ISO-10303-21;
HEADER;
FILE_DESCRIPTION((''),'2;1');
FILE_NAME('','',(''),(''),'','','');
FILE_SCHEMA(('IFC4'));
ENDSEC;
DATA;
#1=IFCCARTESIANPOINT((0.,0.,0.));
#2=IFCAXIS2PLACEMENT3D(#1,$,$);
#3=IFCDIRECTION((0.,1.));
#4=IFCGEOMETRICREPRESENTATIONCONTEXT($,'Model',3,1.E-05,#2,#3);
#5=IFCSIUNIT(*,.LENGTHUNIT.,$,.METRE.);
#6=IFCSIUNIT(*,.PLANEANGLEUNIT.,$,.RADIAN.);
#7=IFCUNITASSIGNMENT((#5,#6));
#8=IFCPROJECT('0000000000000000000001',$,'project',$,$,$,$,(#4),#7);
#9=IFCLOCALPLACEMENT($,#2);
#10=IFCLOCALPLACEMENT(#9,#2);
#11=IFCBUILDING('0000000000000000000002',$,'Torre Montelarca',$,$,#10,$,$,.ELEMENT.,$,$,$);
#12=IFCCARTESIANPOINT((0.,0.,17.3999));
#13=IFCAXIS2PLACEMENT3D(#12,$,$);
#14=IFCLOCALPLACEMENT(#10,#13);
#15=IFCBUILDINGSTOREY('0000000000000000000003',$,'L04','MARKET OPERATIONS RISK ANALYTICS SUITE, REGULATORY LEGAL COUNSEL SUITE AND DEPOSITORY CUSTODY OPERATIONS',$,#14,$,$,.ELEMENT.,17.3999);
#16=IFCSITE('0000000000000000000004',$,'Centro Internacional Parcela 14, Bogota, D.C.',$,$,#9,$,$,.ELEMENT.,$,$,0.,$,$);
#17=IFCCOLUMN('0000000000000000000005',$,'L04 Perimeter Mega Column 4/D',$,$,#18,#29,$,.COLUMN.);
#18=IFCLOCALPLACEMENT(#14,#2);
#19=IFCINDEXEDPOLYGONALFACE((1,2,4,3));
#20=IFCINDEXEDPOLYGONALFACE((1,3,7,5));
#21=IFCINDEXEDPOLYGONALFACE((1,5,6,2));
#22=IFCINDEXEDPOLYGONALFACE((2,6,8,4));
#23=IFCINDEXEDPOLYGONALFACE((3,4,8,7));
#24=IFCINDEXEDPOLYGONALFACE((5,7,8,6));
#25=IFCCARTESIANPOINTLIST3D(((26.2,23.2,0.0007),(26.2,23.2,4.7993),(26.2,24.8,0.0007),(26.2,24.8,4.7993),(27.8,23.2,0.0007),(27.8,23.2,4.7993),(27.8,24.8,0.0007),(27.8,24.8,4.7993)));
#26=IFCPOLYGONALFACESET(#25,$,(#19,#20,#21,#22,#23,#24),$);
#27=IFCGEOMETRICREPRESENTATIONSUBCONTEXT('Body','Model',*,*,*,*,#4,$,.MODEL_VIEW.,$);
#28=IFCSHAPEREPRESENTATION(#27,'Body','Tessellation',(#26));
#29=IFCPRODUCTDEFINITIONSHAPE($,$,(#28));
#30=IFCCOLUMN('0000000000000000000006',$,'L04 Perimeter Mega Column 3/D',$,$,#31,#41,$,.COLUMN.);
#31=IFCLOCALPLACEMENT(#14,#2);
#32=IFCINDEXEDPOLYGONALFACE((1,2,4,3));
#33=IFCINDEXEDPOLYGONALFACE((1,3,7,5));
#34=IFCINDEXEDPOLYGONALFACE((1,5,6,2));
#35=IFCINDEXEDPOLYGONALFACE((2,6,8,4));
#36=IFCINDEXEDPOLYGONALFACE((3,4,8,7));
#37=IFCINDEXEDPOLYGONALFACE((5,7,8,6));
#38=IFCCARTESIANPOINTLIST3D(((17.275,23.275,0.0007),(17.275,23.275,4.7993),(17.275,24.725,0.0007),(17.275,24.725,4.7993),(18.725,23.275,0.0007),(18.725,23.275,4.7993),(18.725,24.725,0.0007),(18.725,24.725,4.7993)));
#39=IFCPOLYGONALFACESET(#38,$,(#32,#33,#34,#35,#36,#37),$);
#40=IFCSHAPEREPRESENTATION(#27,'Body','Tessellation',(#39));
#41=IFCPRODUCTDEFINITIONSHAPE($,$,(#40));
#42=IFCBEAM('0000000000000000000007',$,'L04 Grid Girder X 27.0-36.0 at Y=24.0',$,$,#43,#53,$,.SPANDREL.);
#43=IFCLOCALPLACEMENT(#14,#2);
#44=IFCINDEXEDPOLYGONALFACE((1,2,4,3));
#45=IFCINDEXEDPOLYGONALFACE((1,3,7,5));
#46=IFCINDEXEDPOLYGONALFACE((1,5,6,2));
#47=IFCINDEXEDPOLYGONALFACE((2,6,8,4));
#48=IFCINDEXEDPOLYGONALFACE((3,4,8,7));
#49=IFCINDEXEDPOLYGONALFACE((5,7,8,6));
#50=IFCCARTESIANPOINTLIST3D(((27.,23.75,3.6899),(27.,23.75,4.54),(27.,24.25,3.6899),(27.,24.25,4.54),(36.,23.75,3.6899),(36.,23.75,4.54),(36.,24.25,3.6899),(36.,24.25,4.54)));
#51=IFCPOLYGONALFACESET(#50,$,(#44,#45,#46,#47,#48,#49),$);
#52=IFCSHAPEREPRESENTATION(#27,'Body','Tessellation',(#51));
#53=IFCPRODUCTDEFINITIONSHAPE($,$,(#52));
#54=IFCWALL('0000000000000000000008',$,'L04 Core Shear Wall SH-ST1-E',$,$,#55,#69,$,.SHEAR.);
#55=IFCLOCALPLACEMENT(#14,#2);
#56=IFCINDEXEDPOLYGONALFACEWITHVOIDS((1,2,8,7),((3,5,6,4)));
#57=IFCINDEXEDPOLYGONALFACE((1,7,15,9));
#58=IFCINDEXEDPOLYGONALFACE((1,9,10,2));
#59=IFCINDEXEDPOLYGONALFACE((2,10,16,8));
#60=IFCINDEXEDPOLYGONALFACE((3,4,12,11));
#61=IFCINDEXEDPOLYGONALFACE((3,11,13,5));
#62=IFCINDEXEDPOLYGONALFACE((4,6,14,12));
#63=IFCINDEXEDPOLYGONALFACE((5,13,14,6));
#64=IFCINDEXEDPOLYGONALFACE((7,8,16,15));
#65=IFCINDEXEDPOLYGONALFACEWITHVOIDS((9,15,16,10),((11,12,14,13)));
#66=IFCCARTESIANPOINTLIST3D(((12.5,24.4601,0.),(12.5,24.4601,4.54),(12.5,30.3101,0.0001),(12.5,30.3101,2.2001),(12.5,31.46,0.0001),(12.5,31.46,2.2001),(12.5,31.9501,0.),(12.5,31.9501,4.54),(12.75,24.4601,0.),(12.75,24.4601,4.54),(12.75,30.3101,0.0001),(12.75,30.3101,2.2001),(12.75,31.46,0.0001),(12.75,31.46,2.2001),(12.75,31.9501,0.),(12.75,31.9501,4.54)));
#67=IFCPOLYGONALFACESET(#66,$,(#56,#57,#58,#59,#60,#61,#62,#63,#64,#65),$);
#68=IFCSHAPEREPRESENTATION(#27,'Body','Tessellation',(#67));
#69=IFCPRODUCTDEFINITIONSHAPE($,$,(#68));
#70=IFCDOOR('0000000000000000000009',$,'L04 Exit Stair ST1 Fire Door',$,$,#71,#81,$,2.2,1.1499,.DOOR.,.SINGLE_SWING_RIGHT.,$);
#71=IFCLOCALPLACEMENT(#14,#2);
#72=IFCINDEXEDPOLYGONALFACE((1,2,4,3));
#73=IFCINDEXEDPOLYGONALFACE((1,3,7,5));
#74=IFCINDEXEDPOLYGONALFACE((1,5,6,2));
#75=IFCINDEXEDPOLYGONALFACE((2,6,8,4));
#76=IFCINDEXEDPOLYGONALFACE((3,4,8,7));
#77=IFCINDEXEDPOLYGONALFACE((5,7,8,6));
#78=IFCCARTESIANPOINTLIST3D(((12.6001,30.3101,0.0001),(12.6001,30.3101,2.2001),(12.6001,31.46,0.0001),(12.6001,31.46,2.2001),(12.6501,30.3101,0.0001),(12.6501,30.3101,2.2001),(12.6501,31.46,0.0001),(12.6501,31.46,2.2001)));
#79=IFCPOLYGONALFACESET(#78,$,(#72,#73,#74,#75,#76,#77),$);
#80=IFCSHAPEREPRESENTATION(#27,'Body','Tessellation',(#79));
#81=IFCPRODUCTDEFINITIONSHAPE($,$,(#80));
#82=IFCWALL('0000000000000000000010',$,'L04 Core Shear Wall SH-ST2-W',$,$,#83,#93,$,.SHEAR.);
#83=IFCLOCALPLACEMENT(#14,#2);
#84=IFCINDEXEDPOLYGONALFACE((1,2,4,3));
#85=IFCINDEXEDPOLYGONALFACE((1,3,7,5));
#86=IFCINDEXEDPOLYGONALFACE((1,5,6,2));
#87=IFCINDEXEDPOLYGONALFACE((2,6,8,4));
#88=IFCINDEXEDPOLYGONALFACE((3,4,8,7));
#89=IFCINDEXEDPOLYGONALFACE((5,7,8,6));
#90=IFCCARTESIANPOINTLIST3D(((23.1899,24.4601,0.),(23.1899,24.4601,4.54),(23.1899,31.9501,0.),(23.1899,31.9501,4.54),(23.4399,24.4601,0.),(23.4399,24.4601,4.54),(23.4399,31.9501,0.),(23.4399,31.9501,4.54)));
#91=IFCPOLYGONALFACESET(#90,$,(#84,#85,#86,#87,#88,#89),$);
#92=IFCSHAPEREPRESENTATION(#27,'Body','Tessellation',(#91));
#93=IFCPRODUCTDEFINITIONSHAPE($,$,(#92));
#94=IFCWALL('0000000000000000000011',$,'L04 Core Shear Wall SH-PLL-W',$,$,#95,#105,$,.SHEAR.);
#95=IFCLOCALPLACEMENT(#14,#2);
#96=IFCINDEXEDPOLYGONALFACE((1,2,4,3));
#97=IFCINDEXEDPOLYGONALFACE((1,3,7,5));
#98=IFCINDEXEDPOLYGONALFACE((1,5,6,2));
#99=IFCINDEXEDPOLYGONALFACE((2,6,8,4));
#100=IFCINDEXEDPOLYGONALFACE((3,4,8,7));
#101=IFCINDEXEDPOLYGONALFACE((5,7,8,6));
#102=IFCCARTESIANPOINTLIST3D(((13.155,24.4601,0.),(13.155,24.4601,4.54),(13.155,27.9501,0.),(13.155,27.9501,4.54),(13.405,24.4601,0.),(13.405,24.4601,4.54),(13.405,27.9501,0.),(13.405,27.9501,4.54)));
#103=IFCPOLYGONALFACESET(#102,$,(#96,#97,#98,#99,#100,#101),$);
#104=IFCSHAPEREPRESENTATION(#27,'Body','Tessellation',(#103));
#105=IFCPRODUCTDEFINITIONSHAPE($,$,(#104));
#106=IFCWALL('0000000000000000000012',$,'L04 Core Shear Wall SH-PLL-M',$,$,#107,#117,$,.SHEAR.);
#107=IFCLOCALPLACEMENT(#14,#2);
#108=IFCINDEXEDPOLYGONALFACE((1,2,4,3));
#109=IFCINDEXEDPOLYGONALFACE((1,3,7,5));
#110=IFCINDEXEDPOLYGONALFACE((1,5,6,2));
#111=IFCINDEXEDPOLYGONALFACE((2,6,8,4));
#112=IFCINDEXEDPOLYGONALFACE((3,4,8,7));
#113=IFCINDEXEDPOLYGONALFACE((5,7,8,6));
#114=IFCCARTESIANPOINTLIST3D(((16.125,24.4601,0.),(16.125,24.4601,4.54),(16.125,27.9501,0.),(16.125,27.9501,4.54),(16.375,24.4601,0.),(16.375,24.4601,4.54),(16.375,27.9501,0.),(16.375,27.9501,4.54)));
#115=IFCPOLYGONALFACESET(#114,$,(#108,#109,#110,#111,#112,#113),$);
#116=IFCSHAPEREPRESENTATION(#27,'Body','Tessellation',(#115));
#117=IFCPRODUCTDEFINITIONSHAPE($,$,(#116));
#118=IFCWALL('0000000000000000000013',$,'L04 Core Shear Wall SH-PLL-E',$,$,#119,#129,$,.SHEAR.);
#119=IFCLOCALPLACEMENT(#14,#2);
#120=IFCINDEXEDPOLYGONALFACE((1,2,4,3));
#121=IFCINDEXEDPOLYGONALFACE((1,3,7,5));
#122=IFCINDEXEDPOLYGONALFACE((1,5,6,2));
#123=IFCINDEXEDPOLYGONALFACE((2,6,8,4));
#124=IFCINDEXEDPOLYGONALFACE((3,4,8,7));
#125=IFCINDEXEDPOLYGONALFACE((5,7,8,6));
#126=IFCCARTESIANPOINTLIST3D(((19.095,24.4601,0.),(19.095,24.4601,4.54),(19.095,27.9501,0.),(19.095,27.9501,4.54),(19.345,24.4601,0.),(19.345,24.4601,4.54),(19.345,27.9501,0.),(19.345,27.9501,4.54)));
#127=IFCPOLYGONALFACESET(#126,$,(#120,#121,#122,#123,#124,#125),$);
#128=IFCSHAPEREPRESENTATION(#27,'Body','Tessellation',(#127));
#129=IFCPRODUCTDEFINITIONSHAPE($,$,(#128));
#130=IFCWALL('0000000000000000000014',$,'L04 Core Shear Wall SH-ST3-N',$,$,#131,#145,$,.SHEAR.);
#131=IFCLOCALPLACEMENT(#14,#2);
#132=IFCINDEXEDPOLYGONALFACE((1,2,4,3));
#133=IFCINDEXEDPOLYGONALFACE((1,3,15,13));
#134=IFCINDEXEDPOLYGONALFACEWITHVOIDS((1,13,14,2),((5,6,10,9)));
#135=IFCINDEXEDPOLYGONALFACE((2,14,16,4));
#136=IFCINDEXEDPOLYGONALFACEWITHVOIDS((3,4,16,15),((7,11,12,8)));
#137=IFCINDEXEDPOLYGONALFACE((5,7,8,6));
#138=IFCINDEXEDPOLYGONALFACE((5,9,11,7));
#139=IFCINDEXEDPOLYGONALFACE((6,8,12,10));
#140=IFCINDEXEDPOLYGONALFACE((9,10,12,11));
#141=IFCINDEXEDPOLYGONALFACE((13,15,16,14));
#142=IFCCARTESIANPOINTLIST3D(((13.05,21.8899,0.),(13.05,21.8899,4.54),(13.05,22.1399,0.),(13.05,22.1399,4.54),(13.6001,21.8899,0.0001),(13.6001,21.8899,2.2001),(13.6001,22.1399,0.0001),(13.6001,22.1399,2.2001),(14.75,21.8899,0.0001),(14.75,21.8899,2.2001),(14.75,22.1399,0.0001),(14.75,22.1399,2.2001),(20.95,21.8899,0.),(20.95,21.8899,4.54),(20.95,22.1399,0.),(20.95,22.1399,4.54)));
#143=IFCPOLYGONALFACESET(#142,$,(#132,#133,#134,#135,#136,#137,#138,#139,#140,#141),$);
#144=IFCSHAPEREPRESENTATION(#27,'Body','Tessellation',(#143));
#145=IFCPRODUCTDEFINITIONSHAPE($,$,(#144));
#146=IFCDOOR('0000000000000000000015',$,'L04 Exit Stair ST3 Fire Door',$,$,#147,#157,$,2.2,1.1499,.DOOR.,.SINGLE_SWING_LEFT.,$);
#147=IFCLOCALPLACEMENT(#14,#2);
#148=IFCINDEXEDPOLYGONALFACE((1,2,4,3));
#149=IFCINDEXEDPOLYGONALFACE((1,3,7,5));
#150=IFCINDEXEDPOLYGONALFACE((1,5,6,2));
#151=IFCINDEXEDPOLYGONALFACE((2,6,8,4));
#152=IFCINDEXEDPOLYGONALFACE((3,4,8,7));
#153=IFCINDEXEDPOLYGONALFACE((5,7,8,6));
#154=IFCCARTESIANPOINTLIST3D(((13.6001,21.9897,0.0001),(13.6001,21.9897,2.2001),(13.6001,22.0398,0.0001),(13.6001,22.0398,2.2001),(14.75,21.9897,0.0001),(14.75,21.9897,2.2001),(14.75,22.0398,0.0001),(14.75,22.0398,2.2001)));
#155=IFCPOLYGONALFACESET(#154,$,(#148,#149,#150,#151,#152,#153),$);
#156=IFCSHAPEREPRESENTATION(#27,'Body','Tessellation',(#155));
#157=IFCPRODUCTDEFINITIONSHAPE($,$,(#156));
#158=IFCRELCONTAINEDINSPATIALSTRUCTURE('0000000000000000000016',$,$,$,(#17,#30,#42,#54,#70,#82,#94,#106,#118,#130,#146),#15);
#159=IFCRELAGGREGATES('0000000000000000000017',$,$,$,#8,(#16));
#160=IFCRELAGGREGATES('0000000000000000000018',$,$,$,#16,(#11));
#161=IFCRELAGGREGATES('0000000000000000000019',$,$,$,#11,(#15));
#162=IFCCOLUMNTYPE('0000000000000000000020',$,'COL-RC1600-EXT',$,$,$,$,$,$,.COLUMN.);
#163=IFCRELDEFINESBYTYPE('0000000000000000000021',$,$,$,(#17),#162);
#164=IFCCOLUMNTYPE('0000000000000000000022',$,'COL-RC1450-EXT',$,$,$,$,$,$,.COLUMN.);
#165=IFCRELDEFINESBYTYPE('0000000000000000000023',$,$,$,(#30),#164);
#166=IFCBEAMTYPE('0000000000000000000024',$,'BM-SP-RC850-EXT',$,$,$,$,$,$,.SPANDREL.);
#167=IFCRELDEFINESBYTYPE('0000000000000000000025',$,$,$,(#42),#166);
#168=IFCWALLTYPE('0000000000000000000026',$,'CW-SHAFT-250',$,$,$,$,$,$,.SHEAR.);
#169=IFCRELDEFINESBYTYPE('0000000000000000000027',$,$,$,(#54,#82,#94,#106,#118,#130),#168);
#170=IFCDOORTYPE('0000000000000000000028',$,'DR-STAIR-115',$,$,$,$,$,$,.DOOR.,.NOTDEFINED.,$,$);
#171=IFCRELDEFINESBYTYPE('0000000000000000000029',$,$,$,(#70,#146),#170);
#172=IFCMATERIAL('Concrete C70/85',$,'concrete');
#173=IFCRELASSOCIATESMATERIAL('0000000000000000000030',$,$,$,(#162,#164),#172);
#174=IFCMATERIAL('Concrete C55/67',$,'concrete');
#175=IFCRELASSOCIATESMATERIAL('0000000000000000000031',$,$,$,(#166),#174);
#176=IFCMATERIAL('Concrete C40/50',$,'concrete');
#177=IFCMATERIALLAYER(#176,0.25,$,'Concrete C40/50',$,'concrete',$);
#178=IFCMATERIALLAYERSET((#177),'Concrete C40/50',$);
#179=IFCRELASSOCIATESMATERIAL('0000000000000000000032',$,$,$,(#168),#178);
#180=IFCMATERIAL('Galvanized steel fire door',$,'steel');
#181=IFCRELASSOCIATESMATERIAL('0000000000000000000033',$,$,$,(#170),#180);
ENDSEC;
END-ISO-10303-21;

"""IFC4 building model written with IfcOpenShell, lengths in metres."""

from ifc_helpers import new_model, si_unit, direction, frame, frame_2d, origin, origin_2d, place, context, subcontext, project, spatial, rectangle, extrude, source, transform, mapped, material, layer, layer_set, material_profile, profile_set, type_object, element, fill, save


model = new_model("IFC4")

# Units and contexts
model_context = context("Model", 3, precision=1e-05, world=origin(), true_north=direction((0.0, 1.0)))
body_context = subcontext(model_context, "Body", "Model", "MODEL_VIEW")
ifc_project = project(units=[si_unit("LENGTHUNIT", "METRE"), si_unit("PLANEANGLEUNIT", "RADIAN")], contexts=[model_context])

# Site, building, storey
site_placement = place(None, origin())
site = spatial("IfcSite", under=ifc_project, at=site_placement, Name="Centro Internacional Parcela 14, Bogota, D.C.", CompositionType="ELEMENT", RefElevation=0.0)
building_placement = place(site_placement, origin())
building = spatial("IfcBuilding", under=site, at=building_placement, Name="Torre Montelarca", CompositionType="ELEMENT")
storey_placement = place(building_placement, frame((0.0, 0.0, 17.3999)))
storey = spatial("IfcBuildingStorey", under=building, at=storey_placement, Name="L04", Description="MARKET OPERATIONS RISK ANALYTICS SUITE, REGULATORY LEGAL COUNSEL SUITE AND DEPOSITORY CUSTODY OPERATIONS", CompositionType="ELEMENT", Elevation=17.3999)

# Columns
ifc_material_1 = material(Name="Concrete C70/85", Category="concrete")
ifc_material_profile_1 = material_profile(ifc_material_1, rectangle(XDim=1.6001, YDim=1.6001, at=origin_2d()), Name="RC1600X1600", Category="concrete")
ifc_profile_set_1 = profile_set([ifc_material_profile_1], Name="Concrete C70/85")
column_type_1 = type_object("IfcColumnType", Name="COL-RC1600-EXT", PredefinedType="COLUMN", material=ifc_profile_set_1)
shared_shape_1 = source(origin(), body_context, "Body", "SweptSolid", [
    extrude(rectangle(XDim=1.6001, YDim=1.6001, at=origin_2d()), origin(), (0.0, 0.0, 1.0), 4.7986),
])
column_1_placement = place(storey_placement, frame((27.0, 24.0, 0.0007), z_axis=(0.0, 0.0, 1.0), x_axis=(1.0, 0.0, 0.0)))
element("IfcColumn", 1, at=column_1_placement, inside=storey, type_object=column_type_1, Name="L04 Perimeter Mega Column 4/D", PredefinedType="COLUMN", context=body_context, shape_type="MappedRepresentation", body=[
    mapped(shared_shape_1, transform((0.0, 0.0, 0.0), scale=1.0)),
])
ifc_material_profile_2 = material_profile(ifc_material_1, rectangle(XDim=1.45, YDim=1.45, at=origin_2d()), Name="RC1450X1450", Category="concrete")
ifc_profile_set_2 = profile_set([ifc_material_profile_2], Name="Concrete C70/85")
column_type_2 = type_object("IfcColumnType", Name="COL-RC1450-EXT", PredefinedType="COLUMN", material=ifc_profile_set_2)
shared_shape_2 = source(origin(), body_context, "Body", "SweptSolid", [
    extrude(rectangle(XDim=1.45, YDim=1.45, at=origin_2d()), origin(), (0.0, 0.0, 1.0), 4.7986),
])
column_2_placement = place(storey_placement, frame((18.0, 24.0, 0.0007), z_axis=(0.0, 0.0, 1.0), x_axis=(1.0, 0.0, 0.0)))
element("IfcColumn", 2, at=column_2_placement, inside=storey, type_object=column_type_2, Name="L04 Perimeter Mega Column 3/D", PredefinedType="COLUMN", context=body_context, shape_type="MappedRepresentation", body=[
    mapped(shared_shape_2, transform((0.0, 0.0, 0.0), scale=1.0)),
])

# Beam
ifc_material_2 = material(Name="Concrete C55/67", Category="concrete")
ifc_material_profile_3 = material_profile(ifc_material_2, rectangle(XDim=0.5, YDim=0.8501, at=origin_2d()), Name="RCB500X850", Category="concrete")
ifc_profile_set_3 = profile_set([ifc_material_profile_3], Name="Concrete C55/67")
beam_type = type_object("IfcBeamType", Name="BM-SP-RC850-EXT", PredefinedType="SPANDREL", material=ifc_profile_set_3)
shared_shape_3 = source(origin(), body_context, "Body", "SweptSolid", [
    extrude(rectangle(XDim=0.5, YDim=0.8501, at=origin_2d()), origin(), (0.0, 0.0, 1.0), 9.0),
])
beam_placement = place(storey_placement, frame((27.0, 24.0, 4.115), z_axis=(1.0, 0.0, 0.0), x_axis=(0.0, 1.0, 0.0)))
element("IfcBeam", 3, at=beam_placement, inside=storey, type_object=beam_type, Name="L04 Grid Girder X 27.0-36.0 at Y=24.0", PredefinedType="SPANDREL", context=body_context, shape_type="MappedRepresentation", body=[
    mapped(shared_shape_3, transform((0.0, 0.0, 0.0), scale=1.0)),
])

# Wall, opening, door
ifc_material_3 = material(Name="Concrete C40/50", Category="concrete")
ifc_layer_1 = layer(ifc_material_3, 0.25, Name="Concrete C40/50", Category="concrete")
ifc_layer_set_1 = layer_set([ifc_layer_1], Name="Concrete C40/50")
wall_type_1 = type_object("IfcWallType", Name="CW-SHAFT-250", PredefinedType="SHEAR", material=ifc_layer_set_1)
wall_1_placement = place(storey_placement, frame((12.625, 24.46, 0.0), z_axis=(0.0, 0.0, 1.0), x_axis=(0.0, 1.0, 0.0)))
wall_1 = element("IfcWall", 4, at=wall_1_placement, inside=storey, type_object=wall_type_1, Name="L04 Core Shear Wall SH-ST1-E", PredefinedType="SHEAR", context=body_context, shape_type="SweptSolid", body=[
    extrude(rectangle(XDim=7.49, YDim=0.25, at=frame_2d((3.7451, 0.0))), origin(), (0.0, 0.0, 1.0), 4.54),
])
opening_1_placement = place(wall_1_placement, frame((5.8501, 0.0, 0.0)))
opening_1 = element("IfcOpeningElement", 5, at=opening_1_placement, cuts=wall_1, PredefinedType="OPENING", context=body_context, shape_type="SweptSolid", body=[
    extrude(rectangle(XDim=1.1499, YDim=2.2, at=frame_2d((0.575, 1.1001))), frame((0.0, 0.135, 0.0), z_axis=(0.0, -1.0, 0.0), x_axis=(1.0, 0.0, 0.0)), (0.0, 0.0, 1.0), 0.27),
])
ifc_material_4 = material(Name="Galvanized steel fire door", Category="steel")
door_type_1 = type_object("IfcDoorType", Name="DR-STAIR-115", OperationType="NOTDEFINED", PredefinedType="DOOR", material=ifc_material_4)
shared_shape_4 = source(origin(), body_context, "Body", "SweptSolid", [
    extrude(rectangle(XDim=1.1499, YDim=2.2, at=frame_2d((0.575, 1.1001))), frame((0.0, 0.0249, 0.0), z_axis=(0.0, -1.0, 0.0), x_axis=(1.0, 0.0, 0.0)), (0.0, 0.0, 1.0), 0.05),
])
door_1_placement = place(opening_1_placement, origin())
door_1 = element("IfcDoor", 6, at=door_1_placement, inside=storey, type_object=door_type_1, Name="L04 Exit Stair ST1 Fire Door", OperationType="SINGLE_SWING_RIGHT", OverallHeight=2.2, OverallWidth=1.1499, PredefinedType="DOOR", context=body_context, shape_type="MappedRepresentation", body=[
    mapped(shared_shape_4, transform((0.0, 0.0, 0.0), scale=1.0)),
])
fill(opening_1, door_1)

# Walls
wall_2_placement = place(storey_placement, frame((23.3149, 24.46, 0.0), z_axis=(0.0, 0.0, 1.0), x_axis=(0.0, 1.0, 0.0)))
element("IfcWall", 7, at=wall_2_placement, inside=storey, type_object=wall_type_1, Name="L04 Core Shear Wall SH-ST2-W", PredefinedType="SHEAR", context=body_context, shape_type="SweptSolid", body=[
    extrude(rectangle(XDim=7.49, YDim=0.25, at=frame_2d((3.7451, 0.0))), origin(), (0.0, 0.0, 1.0), 4.54),
])
for number, where, z_axis, x_axis, name in (
    (8, (13.28, 24.46, 0.0), (0.0, 0.0, 1.0), (0.0, 1.0, 0.0), "L04 Core Shear Wall SH-PLL-W"),
    (9, (16.25, 24.46, 0.0), (0.0, 0.0, 1.0), (0.0, 1.0, 0.0), "L04 Core Shear Wall SH-PLL-M"),
    (10, (19.22, 24.46, 0.0), (0.0, 0.0, 1.0), (0.0, 1.0, 0.0), "L04 Core Shear Wall SH-PLL-E"),
):
    element("IfcWall", number, at=place(storey_placement, frame(where, z_axis=z_axis, x_axis=x_axis)), inside=storey, type_object=wall_type_1, Name=name, PredefinedType="SHEAR", context=body_context, shape_type="SweptSolid", body=[
        extrude(rectangle(XDim=3.49, YDim=0.25, at=frame_2d((1.7451, 0.0))), origin(), (0.0, 0.0, 1.0), 4.54),
    ])

# Wall, opening, door
wall_3_placement = place(storey_placement, frame((13.05, 22.0149, 0.0), z_axis=(0.0, 0.0, 1.0), x_axis=(1.0, 0.0, 0.0)))
wall_3 = element("IfcWall", 11, at=wall_3_placement, inside=storey, type_object=wall_type_1, Name="L04 Core Shear Wall SH-ST3-N", PredefinedType="SHEAR", context=body_context, shape_type="SweptSolid", body=[
    extrude(rectangle(XDim=7.8999, YDim=0.25, at=frame_2d((3.95, 0.0))), origin(), (0.0, 0.0, 1.0), 4.54),
])
opening_2_placement = place(wall_3_placement, frame((0.55, 0.0, 0.0)))
opening_2 = element("IfcOpeningElement", 12, at=opening_2_placement, cuts=wall_3, PredefinedType="OPENING", context=body_context, shape_type="SweptSolid", body=[
    extrude(rectangle(XDim=1.1499, YDim=2.2, at=frame_2d((0.575, 1.1001))), frame((0.0, 0.135, 0.0), z_axis=(0.0, -1.0, 0.0), x_axis=(1.0, 0.0, 0.0)), (0.0, 0.0, 1.0), 0.27),
])
door_2_placement = place(opening_2_placement, origin())
door_2 = element("IfcDoor", 13, at=door_2_placement, inside=storey, type_object=door_type_1, Name="L04 Exit Stair ST3 Fire Door", OperationType="SINGLE_SWING_LEFT", OverallHeight=2.2, OverallWidth=1.1499, PredefinedType="DOOR", context=body_context, shape_type="MappedRepresentation", body=[
    mapped(shared_shape_4, transform((0.0, 0.0, 0.0), scale=1.0)),
])
fill(opening_2, door_2)

save(model, "model.ifc")
